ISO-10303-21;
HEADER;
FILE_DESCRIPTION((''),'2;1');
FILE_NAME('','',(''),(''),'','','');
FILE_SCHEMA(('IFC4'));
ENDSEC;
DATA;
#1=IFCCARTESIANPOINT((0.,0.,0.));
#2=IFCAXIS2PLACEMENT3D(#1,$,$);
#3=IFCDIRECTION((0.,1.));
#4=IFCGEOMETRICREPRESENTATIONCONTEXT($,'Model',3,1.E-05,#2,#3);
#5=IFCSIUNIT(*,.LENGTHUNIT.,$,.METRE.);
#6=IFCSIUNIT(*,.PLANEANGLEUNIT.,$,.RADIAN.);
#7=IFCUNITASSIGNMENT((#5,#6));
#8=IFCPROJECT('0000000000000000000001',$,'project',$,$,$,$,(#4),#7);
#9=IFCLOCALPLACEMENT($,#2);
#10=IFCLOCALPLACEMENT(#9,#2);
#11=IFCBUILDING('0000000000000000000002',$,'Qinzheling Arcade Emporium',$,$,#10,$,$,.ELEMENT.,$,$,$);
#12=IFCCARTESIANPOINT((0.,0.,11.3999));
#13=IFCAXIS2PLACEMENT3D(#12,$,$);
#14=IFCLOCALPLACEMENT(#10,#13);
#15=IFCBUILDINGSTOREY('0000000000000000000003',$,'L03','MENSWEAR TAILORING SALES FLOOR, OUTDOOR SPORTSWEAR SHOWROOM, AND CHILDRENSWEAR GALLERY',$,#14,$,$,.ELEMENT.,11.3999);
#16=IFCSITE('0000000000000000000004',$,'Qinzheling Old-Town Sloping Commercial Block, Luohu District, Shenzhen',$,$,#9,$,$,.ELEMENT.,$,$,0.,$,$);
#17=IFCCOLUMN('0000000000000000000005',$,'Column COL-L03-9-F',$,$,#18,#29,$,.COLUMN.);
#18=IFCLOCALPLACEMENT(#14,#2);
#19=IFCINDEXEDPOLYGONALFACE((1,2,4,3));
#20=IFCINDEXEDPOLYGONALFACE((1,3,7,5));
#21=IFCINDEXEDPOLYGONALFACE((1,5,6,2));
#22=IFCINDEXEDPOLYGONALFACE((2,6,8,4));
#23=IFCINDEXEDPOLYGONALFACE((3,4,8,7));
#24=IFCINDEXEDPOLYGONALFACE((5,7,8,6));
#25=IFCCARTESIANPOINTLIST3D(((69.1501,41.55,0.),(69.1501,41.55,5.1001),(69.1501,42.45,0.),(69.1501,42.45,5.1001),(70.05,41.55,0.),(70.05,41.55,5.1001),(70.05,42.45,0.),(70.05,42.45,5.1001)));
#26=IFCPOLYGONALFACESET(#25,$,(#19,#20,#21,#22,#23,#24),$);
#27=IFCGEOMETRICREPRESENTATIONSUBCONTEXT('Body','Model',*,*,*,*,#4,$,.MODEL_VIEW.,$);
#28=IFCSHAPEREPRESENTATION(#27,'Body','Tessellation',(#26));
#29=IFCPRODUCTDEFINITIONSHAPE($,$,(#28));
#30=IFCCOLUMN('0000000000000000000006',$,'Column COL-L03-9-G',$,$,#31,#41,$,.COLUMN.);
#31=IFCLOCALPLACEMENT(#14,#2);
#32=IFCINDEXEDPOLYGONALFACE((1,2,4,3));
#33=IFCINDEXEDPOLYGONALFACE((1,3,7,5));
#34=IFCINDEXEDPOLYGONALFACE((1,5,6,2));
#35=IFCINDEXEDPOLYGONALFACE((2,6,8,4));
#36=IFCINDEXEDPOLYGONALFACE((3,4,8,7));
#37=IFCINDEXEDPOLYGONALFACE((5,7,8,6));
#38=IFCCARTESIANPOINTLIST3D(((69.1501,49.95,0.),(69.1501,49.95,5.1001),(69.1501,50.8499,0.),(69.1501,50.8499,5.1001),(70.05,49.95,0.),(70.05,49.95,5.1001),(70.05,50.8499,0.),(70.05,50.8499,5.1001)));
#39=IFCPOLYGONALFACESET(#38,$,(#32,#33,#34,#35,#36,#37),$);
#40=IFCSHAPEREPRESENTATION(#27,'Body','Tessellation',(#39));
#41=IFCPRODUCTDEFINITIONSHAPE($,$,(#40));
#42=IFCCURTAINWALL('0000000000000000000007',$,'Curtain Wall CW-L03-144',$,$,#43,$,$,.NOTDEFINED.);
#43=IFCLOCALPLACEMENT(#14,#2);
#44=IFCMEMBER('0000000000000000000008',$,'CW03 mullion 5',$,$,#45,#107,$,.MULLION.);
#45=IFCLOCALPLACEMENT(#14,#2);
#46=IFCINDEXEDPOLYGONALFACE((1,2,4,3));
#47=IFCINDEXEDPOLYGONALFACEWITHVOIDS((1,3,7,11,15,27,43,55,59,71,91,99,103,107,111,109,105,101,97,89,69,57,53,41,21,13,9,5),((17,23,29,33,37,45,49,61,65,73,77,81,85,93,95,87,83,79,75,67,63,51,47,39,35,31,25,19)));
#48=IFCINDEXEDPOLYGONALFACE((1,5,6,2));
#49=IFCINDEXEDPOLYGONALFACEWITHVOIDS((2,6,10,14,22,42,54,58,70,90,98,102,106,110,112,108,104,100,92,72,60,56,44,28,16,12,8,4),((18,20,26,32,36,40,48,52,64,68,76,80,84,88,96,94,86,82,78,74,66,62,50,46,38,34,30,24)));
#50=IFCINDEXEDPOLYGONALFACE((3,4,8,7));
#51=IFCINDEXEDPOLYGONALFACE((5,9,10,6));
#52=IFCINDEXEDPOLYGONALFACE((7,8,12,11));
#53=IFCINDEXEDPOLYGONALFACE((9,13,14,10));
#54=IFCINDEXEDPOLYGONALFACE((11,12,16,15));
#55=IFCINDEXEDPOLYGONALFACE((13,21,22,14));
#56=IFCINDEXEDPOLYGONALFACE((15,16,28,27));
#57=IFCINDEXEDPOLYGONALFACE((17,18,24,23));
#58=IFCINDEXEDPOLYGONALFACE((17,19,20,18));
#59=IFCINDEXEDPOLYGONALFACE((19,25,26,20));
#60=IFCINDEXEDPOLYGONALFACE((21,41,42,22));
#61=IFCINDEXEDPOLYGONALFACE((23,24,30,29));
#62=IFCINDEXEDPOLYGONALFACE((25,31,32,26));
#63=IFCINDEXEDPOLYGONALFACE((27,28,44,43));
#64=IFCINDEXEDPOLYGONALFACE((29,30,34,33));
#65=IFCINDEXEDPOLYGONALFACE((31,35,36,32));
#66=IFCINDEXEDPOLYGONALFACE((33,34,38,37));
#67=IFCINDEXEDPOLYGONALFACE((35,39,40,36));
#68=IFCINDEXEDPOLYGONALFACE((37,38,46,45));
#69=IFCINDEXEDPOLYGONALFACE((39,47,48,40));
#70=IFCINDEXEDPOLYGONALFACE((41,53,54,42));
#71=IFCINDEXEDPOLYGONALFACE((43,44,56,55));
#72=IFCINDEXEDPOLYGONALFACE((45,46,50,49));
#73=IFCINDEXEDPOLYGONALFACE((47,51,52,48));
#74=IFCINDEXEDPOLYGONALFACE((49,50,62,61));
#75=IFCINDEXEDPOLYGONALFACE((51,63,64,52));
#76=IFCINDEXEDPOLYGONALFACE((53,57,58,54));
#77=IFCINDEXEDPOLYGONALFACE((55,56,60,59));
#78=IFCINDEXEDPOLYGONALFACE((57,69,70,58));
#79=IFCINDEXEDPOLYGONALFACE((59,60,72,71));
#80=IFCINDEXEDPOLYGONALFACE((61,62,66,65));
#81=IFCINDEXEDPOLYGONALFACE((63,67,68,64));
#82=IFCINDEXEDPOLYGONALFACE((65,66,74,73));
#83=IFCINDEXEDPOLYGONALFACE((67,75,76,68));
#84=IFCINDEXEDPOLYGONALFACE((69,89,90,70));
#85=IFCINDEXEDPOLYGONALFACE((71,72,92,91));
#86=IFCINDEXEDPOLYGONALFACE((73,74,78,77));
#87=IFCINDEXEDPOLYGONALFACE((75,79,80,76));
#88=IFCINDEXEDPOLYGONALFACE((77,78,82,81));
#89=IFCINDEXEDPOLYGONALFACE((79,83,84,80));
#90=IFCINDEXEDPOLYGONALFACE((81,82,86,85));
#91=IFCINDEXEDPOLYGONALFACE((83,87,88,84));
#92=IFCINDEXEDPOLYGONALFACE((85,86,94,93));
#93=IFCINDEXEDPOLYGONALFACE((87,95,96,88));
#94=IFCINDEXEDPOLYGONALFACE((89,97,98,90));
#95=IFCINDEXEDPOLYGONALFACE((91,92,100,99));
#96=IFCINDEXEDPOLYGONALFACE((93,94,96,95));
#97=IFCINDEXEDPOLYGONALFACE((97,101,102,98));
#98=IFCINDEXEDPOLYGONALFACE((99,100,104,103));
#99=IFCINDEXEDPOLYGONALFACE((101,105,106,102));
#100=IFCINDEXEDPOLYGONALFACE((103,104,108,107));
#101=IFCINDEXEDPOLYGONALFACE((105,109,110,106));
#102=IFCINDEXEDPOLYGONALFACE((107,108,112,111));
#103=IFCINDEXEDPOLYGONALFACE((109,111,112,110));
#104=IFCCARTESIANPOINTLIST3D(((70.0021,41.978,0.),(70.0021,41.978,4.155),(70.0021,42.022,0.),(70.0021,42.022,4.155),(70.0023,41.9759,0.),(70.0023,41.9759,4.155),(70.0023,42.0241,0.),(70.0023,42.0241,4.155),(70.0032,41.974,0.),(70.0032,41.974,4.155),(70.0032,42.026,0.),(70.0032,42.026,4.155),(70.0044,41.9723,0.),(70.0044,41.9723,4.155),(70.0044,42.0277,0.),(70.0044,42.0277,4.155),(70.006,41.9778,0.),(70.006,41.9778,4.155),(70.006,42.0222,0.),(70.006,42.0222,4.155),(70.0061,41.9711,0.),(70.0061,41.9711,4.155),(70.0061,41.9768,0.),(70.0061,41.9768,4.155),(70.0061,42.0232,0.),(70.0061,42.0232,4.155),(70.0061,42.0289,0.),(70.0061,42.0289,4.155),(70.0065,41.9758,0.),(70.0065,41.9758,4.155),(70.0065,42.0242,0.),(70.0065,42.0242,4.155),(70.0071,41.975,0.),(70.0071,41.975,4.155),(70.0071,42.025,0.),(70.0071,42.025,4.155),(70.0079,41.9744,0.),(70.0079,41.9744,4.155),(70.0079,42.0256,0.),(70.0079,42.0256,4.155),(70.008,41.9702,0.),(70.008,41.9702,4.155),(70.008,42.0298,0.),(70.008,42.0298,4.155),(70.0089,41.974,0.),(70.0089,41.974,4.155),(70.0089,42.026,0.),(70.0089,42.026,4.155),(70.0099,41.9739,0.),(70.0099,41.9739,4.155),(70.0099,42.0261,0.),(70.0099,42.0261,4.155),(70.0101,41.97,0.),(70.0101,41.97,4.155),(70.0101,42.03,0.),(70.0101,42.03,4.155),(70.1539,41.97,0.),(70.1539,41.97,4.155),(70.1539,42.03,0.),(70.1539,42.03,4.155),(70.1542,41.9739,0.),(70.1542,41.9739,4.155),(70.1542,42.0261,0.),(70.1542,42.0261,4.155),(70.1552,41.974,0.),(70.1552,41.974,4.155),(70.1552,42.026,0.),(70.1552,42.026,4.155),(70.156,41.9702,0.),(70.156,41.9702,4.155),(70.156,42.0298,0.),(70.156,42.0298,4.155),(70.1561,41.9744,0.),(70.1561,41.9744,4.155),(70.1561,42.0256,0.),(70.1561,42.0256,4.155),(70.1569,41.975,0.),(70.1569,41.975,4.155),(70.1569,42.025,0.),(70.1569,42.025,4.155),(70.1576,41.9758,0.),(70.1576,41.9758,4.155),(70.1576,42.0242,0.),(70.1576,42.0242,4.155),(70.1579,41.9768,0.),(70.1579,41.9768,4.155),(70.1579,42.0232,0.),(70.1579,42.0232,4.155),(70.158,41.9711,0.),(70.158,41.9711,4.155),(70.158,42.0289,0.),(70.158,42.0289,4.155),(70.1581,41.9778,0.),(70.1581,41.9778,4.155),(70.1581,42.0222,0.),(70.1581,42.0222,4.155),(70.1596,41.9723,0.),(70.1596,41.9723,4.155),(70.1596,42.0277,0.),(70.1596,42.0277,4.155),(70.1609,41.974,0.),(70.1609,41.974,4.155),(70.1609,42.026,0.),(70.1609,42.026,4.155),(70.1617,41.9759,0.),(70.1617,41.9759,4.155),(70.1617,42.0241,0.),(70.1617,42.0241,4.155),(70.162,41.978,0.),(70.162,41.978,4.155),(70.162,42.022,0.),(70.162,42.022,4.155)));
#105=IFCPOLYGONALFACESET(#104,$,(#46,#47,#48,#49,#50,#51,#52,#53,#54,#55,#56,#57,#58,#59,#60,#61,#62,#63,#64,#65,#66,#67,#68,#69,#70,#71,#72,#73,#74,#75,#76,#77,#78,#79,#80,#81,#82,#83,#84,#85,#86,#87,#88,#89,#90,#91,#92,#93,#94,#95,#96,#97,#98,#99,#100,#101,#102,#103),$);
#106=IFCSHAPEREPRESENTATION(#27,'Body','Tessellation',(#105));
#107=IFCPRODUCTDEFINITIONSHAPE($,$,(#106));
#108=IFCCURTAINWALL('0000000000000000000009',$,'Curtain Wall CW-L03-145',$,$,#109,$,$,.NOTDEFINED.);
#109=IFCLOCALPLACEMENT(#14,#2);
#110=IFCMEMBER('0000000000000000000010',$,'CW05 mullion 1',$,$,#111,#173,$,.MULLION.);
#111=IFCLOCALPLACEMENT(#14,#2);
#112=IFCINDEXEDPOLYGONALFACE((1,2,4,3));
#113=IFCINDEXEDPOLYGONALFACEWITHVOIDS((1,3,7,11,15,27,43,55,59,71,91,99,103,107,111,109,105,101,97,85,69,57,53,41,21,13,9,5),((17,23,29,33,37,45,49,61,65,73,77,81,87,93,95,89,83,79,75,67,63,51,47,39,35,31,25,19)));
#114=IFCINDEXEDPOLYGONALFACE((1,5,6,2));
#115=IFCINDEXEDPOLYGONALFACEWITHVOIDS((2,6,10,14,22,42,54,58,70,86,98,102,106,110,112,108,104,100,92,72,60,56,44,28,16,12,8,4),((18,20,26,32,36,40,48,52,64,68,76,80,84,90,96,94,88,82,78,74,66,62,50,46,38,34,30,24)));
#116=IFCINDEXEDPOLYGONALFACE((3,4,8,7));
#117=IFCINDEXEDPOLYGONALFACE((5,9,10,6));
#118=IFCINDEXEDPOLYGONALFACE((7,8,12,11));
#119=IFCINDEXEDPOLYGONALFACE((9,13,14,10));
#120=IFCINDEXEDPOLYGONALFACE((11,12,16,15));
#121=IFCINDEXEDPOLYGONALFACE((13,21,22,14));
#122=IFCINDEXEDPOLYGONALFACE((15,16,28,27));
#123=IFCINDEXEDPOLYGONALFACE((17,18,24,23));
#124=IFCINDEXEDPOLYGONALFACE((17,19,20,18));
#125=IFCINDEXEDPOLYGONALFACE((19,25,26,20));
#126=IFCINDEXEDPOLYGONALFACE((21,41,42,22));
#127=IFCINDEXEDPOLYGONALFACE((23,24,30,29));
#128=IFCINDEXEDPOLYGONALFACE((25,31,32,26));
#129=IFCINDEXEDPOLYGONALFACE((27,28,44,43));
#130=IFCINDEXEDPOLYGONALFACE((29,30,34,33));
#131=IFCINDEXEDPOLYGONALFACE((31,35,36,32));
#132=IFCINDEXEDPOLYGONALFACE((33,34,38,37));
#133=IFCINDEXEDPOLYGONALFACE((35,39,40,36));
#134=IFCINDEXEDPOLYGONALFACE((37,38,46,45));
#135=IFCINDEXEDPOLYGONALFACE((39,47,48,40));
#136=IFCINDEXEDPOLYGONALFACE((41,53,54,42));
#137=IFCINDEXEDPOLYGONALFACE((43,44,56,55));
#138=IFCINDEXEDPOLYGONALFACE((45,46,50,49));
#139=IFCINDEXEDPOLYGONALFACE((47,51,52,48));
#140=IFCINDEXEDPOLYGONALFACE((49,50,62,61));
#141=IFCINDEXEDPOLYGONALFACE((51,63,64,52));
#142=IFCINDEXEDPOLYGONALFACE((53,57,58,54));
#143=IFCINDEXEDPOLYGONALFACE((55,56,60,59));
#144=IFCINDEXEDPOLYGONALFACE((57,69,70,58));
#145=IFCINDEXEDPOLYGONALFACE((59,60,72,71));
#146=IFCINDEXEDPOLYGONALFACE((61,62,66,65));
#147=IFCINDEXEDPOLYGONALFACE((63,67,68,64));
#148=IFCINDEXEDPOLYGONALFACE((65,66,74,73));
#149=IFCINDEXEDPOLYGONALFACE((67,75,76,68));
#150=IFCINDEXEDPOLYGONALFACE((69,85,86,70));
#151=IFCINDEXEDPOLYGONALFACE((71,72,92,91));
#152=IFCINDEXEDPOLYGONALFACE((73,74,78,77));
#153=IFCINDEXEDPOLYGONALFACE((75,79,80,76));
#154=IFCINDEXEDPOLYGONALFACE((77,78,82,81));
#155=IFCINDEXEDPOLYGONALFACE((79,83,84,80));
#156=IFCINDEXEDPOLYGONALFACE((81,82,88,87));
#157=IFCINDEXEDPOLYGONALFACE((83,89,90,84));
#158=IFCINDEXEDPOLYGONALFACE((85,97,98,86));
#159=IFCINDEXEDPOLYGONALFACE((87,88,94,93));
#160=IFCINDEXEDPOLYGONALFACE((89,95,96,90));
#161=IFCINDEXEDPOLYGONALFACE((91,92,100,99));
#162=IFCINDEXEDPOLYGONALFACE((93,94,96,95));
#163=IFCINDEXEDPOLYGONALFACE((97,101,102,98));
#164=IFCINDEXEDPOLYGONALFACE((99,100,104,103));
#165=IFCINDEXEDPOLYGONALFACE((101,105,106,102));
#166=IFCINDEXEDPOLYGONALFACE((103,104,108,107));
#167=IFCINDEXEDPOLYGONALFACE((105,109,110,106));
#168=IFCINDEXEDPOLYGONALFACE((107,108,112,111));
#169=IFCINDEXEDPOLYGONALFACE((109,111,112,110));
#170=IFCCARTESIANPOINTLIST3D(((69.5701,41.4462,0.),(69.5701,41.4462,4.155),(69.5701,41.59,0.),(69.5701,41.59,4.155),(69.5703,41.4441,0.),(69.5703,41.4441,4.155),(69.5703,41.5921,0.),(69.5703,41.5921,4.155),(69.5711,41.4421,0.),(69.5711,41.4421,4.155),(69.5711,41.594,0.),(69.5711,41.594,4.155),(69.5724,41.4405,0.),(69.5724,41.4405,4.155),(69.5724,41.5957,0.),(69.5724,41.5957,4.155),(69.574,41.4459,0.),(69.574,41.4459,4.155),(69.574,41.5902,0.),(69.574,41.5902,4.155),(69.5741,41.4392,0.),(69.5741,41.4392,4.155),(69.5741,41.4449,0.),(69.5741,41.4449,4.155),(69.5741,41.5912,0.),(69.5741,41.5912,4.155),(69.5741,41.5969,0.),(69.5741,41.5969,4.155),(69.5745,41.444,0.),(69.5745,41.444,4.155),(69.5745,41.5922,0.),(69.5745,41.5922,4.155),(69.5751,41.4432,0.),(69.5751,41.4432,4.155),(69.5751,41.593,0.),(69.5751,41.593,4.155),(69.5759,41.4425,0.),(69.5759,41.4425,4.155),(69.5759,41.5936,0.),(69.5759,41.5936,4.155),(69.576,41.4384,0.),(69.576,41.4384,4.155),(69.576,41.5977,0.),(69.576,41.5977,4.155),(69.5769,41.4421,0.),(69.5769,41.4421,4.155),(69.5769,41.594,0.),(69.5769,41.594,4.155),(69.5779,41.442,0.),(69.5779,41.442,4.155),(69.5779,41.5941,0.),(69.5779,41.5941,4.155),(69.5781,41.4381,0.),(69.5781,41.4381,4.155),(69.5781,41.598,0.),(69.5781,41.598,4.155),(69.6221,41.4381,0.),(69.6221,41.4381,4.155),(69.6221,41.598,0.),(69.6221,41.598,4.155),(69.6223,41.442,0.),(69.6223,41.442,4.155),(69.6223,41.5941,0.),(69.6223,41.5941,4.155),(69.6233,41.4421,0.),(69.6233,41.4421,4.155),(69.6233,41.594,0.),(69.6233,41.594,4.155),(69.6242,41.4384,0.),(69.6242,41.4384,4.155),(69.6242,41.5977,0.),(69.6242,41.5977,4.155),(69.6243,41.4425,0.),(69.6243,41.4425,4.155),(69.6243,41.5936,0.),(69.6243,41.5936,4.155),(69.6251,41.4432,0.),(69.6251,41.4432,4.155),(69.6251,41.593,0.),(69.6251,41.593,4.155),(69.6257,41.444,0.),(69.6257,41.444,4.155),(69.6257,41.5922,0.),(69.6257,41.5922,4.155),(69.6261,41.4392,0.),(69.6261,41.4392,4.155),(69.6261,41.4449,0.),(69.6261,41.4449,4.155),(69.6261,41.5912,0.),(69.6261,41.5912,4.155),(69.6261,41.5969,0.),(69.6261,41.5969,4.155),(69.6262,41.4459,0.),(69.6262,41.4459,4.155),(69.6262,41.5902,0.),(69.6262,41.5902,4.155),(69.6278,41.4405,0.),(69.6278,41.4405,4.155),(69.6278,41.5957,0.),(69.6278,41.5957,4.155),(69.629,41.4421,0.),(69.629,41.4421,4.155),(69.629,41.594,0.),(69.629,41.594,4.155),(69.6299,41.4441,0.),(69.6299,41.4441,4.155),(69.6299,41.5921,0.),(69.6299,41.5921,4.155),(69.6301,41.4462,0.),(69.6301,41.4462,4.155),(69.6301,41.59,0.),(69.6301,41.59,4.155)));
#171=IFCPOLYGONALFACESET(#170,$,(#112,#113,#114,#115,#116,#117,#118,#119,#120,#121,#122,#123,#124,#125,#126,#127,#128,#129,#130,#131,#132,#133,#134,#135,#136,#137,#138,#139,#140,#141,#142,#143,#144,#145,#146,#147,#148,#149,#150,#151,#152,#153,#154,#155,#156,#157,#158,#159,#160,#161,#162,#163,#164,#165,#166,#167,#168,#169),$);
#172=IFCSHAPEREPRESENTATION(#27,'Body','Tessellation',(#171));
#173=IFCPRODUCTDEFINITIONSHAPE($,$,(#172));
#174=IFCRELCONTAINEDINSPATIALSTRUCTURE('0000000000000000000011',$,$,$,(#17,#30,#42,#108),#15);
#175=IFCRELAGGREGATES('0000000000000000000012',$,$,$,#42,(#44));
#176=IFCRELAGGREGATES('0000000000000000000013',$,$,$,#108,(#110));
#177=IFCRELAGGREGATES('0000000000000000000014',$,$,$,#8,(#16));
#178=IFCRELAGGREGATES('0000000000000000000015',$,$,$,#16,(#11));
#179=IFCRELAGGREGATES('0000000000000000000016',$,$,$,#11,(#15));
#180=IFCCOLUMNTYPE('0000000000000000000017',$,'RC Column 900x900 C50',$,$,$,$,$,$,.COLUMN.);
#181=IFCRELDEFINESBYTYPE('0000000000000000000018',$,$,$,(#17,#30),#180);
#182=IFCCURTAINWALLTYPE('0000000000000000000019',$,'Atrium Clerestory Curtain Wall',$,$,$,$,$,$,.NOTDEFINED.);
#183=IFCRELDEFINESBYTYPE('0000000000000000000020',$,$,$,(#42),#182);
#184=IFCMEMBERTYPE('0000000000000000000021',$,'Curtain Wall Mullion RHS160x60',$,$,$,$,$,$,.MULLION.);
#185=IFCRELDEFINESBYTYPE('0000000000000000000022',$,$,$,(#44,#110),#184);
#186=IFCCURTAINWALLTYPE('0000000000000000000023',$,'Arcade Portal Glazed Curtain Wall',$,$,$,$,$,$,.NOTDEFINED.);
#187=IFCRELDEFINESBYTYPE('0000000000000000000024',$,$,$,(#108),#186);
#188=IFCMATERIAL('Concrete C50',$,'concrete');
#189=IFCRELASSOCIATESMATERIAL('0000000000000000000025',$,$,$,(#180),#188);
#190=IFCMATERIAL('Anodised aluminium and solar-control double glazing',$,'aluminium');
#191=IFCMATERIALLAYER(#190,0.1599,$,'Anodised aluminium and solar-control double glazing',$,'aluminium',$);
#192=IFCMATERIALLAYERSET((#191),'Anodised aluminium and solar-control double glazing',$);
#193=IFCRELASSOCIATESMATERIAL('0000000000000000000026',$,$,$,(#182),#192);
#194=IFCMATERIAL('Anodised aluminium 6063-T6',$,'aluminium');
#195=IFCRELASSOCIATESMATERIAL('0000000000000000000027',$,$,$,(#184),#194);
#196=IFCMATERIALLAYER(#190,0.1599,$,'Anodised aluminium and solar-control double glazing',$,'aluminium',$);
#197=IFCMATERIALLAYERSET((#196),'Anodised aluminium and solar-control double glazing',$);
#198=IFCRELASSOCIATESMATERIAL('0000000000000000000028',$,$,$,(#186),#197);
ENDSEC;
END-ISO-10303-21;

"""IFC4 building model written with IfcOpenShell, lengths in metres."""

from ifc_helpers import new_model, si_unit, direction, frame, origin, origin_2d, place, context, subcontext, project, spatial, rectangle, hollow_rectangle, extrude, material, layer, layer_set, material_profile, profile_set, type_object, element, aggregate, save


model = new_model("IFC4")

# Units and contexts
model_context = context("Model", 3, precision=1e-05, world=origin(), true_north=direction((0.0, 1.0)))
body_context = subcontext(model_context, "Body", "Model", "MODEL_VIEW")
ifc_project = project(units=[si_unit("LENGTHUNIT", "METRE"), si_unit("PLANEANGLEUNIT", "RADIAN")], contexts=[model_context])

# Site, building, storey
site_placement = place(None, origin())
site = spatial("IfcSite", under=ifc_project, at=site_placement, Name="Qinzheling Old-Town Sloping Commercial Block, Luohu District, Shenzhen", CompositionType="ELEMENT", RefElevation=0.0)
building_placement = place(site_placement, origin())
building = spatial("IfcBuilding", under=site, at=building_placement, Name="Qinzheling Arcade Emporium", CompositionType="ELEMENT")
storey_placement = place(building_placement, frame((0.0, 0.0, 11.3999)))
storey = spatial("IfcBuildingStorey", under=building, at=storey_placement, Name="L03", Description="MENSWEAR TAILORING SALES FLOOR, OUTDOOR SPORTSWEAR SHOWROOM, AND CHILDRENSWEAR GALLERY", CompositionType="ELEMENT", Elevation=11.3999)

# Columns
ifc_material_1 = material(Name="Concrete C50", Category="concrete")
ifc_material_profile_1 = material_profile(ifc_material_1, rectangle(XDim=0.8999, YDim=0.8999, at=origin_2d()), Name="RC 900x900", Category="concrete")
ifc_profile_set_1 = profile_set([ifc_material_profile_1], Name="Concrete C50")
column_type = type_object("IfcColumnType", Name="RC Column 900x900 C50", PredefinedType="COLUMN", material=ifc_profile_set_1)
for number, where, z_axis, x_axis, name in (
    (1, (69.6001, 42.0, 0.0), (0.0, 0.0, 1.0), (1.0, 0.0, 0.0), "Column COL-L03-9-F"),
    (2, (69.6001, 50.3999, 0.0), (0.0, 0.0, 1.0), (1.0, 0.0, 0.0), "Column COL-L03-9-G"),
):
    element("IfcColumn", number, at=place(storey_placement, frame(where, z_axis=z_axis, x_axis=x_axis)), inside=storey, type_object=column_type, Name=name, PredefinedType="COLUMN", context=body_context, shape_type="SweptSolid", body=[
        extrude(rectangle(XDim=0.8999, YDim=0.8999, at=origin_2d()), origin(), (0.0, 0.0, 1.0), 5.1001),
    ])

# Curtain wall, member
ifc_material_2 = material(Name="Anodised aluminium and solar-control double glazing", Category="aluminium")
ifc_layer_1 = layer(ifc_material_2, 0.1599, Name="Anodised aluminium and solar-control double glazing", Category="aluminium")
ifc_layer_set_1 = layer_set([ifc_layer_1], Name="Anodised aluminium and solar-control double glazing")
curtain_wall_type_1 = type_object("IfcCurtainWallType", Name="Atrium Clerestory Curtain Wall", PredefinedType="NOTDEFINED", material=ifc_layer_set_1)
curtain_wall_1_placement = place(storey_placement, origin())
curtain_wall_1 = element("IfcCurtainWall", 3, at=curtain_wall_1_placement, inside=storey, type_object=curtain_wall_type_1, Name="Curtain Wall CW-L03-144", PredefinedType="NOTDEFINED")
ifc_material_3 = material(Name="Anodised aluminium 6063-T6", Category="aluminium")
ifc_material_profile_2 = material_profile(ifc_material_3, hollow_rectangle(XDim=0.0601, YDim=0.1599, WallThickness=0.0039, InnerFilletRadius=0.0039, OuterFilletRadius=0.0081, at=origin_2d()), Name="RHS 160x60x4", Category="aluminium")
ifc_profile_set_2 = profile_set([ifc_material_profile_2], Name="Anodised aluminium 6063-T6")
member_type_1 = type_object("IfcMemberType", Name="Curtain Wall Mullion RHS160x60", PredefinedType="MULLION", material=ifc_profile_set_2)
member_1_placement = place(storey_placement, frame((70.082, 42.0, 0.0), z_axis=(0.0, 0.0, 1.0), x_axis=(0.0, -1.0, 0.0)))
member_1 = element("IfcMember", 4, at=member_1_placement, type_object=member_type_1, Name="CW03 mullion 5", PredefinedType="MULLION", context=body_context, shape_type="SweptSolid", body=[
    extrude(hollow_rectangle(XDim=0.0601, YDim=0.1599, WallThickness=0.0039, InnerFilletRadius=0.0039, OuterFilletRadius=0.0081, at=origin_2d()), origin(), (0.0, 0.0, 1.0), 4.155),
])

# Curtain wall, member
ifc_layer_2 = layer(ifc_material_2, 0.1599, Name="Anodised aluminium and solar-control double glazing", Category="aluminium")
ifc_layer_set_2 = layer_set([ifc_layer_2], Name="Anodised aluminium and solar-control double glazing")
curtain_wall_type_2 = type_object("IfcCurtainWallType", Name="Arcade Portal Glazed Curtain Wall", PredefinedType="NOTDEFINED", material=ifc_layer_set_2)
curtain_wall_2_placement = place(storey_placement, origin())
curtain_wall_2 = element("IfcCurtainWall", 5, at=curtain_wall_2_placement, inside=storey, type_object=curtain_wall_type_2, Name="Curtain Wall CW-L03-145", PredefinedType="NOTDEFINED")
member_2_placement = place(storey_placement, frame((69.6001, 41.5181, 0.0), z_axis=(0.0, 0.0, 1.0), x_axis=(1.0, 0.0, 0.0)))
member_2 = element("IfcMember", 6, at=member_2_placement, type_object=member_type_1, Name="CW05 mullion 1", PredefinedType="MULLION", context=body_context, shape_type="SweptSolid", body=[
    extrude(hollow_rectangle(XDim=0.0601, YDim=0.1599, WallThickness=0.0039, InnerFilletRadius=0.0039, OuterFilletRadius=0.0081, at=origin_2d()), origin(), (0.0, 0.0, 1.0), 4.155),
])

aggregate(curtain_wall_1, [member_1])
aggregate(curtain_wall_2, [member_2])

save(model, "model.ifc")
